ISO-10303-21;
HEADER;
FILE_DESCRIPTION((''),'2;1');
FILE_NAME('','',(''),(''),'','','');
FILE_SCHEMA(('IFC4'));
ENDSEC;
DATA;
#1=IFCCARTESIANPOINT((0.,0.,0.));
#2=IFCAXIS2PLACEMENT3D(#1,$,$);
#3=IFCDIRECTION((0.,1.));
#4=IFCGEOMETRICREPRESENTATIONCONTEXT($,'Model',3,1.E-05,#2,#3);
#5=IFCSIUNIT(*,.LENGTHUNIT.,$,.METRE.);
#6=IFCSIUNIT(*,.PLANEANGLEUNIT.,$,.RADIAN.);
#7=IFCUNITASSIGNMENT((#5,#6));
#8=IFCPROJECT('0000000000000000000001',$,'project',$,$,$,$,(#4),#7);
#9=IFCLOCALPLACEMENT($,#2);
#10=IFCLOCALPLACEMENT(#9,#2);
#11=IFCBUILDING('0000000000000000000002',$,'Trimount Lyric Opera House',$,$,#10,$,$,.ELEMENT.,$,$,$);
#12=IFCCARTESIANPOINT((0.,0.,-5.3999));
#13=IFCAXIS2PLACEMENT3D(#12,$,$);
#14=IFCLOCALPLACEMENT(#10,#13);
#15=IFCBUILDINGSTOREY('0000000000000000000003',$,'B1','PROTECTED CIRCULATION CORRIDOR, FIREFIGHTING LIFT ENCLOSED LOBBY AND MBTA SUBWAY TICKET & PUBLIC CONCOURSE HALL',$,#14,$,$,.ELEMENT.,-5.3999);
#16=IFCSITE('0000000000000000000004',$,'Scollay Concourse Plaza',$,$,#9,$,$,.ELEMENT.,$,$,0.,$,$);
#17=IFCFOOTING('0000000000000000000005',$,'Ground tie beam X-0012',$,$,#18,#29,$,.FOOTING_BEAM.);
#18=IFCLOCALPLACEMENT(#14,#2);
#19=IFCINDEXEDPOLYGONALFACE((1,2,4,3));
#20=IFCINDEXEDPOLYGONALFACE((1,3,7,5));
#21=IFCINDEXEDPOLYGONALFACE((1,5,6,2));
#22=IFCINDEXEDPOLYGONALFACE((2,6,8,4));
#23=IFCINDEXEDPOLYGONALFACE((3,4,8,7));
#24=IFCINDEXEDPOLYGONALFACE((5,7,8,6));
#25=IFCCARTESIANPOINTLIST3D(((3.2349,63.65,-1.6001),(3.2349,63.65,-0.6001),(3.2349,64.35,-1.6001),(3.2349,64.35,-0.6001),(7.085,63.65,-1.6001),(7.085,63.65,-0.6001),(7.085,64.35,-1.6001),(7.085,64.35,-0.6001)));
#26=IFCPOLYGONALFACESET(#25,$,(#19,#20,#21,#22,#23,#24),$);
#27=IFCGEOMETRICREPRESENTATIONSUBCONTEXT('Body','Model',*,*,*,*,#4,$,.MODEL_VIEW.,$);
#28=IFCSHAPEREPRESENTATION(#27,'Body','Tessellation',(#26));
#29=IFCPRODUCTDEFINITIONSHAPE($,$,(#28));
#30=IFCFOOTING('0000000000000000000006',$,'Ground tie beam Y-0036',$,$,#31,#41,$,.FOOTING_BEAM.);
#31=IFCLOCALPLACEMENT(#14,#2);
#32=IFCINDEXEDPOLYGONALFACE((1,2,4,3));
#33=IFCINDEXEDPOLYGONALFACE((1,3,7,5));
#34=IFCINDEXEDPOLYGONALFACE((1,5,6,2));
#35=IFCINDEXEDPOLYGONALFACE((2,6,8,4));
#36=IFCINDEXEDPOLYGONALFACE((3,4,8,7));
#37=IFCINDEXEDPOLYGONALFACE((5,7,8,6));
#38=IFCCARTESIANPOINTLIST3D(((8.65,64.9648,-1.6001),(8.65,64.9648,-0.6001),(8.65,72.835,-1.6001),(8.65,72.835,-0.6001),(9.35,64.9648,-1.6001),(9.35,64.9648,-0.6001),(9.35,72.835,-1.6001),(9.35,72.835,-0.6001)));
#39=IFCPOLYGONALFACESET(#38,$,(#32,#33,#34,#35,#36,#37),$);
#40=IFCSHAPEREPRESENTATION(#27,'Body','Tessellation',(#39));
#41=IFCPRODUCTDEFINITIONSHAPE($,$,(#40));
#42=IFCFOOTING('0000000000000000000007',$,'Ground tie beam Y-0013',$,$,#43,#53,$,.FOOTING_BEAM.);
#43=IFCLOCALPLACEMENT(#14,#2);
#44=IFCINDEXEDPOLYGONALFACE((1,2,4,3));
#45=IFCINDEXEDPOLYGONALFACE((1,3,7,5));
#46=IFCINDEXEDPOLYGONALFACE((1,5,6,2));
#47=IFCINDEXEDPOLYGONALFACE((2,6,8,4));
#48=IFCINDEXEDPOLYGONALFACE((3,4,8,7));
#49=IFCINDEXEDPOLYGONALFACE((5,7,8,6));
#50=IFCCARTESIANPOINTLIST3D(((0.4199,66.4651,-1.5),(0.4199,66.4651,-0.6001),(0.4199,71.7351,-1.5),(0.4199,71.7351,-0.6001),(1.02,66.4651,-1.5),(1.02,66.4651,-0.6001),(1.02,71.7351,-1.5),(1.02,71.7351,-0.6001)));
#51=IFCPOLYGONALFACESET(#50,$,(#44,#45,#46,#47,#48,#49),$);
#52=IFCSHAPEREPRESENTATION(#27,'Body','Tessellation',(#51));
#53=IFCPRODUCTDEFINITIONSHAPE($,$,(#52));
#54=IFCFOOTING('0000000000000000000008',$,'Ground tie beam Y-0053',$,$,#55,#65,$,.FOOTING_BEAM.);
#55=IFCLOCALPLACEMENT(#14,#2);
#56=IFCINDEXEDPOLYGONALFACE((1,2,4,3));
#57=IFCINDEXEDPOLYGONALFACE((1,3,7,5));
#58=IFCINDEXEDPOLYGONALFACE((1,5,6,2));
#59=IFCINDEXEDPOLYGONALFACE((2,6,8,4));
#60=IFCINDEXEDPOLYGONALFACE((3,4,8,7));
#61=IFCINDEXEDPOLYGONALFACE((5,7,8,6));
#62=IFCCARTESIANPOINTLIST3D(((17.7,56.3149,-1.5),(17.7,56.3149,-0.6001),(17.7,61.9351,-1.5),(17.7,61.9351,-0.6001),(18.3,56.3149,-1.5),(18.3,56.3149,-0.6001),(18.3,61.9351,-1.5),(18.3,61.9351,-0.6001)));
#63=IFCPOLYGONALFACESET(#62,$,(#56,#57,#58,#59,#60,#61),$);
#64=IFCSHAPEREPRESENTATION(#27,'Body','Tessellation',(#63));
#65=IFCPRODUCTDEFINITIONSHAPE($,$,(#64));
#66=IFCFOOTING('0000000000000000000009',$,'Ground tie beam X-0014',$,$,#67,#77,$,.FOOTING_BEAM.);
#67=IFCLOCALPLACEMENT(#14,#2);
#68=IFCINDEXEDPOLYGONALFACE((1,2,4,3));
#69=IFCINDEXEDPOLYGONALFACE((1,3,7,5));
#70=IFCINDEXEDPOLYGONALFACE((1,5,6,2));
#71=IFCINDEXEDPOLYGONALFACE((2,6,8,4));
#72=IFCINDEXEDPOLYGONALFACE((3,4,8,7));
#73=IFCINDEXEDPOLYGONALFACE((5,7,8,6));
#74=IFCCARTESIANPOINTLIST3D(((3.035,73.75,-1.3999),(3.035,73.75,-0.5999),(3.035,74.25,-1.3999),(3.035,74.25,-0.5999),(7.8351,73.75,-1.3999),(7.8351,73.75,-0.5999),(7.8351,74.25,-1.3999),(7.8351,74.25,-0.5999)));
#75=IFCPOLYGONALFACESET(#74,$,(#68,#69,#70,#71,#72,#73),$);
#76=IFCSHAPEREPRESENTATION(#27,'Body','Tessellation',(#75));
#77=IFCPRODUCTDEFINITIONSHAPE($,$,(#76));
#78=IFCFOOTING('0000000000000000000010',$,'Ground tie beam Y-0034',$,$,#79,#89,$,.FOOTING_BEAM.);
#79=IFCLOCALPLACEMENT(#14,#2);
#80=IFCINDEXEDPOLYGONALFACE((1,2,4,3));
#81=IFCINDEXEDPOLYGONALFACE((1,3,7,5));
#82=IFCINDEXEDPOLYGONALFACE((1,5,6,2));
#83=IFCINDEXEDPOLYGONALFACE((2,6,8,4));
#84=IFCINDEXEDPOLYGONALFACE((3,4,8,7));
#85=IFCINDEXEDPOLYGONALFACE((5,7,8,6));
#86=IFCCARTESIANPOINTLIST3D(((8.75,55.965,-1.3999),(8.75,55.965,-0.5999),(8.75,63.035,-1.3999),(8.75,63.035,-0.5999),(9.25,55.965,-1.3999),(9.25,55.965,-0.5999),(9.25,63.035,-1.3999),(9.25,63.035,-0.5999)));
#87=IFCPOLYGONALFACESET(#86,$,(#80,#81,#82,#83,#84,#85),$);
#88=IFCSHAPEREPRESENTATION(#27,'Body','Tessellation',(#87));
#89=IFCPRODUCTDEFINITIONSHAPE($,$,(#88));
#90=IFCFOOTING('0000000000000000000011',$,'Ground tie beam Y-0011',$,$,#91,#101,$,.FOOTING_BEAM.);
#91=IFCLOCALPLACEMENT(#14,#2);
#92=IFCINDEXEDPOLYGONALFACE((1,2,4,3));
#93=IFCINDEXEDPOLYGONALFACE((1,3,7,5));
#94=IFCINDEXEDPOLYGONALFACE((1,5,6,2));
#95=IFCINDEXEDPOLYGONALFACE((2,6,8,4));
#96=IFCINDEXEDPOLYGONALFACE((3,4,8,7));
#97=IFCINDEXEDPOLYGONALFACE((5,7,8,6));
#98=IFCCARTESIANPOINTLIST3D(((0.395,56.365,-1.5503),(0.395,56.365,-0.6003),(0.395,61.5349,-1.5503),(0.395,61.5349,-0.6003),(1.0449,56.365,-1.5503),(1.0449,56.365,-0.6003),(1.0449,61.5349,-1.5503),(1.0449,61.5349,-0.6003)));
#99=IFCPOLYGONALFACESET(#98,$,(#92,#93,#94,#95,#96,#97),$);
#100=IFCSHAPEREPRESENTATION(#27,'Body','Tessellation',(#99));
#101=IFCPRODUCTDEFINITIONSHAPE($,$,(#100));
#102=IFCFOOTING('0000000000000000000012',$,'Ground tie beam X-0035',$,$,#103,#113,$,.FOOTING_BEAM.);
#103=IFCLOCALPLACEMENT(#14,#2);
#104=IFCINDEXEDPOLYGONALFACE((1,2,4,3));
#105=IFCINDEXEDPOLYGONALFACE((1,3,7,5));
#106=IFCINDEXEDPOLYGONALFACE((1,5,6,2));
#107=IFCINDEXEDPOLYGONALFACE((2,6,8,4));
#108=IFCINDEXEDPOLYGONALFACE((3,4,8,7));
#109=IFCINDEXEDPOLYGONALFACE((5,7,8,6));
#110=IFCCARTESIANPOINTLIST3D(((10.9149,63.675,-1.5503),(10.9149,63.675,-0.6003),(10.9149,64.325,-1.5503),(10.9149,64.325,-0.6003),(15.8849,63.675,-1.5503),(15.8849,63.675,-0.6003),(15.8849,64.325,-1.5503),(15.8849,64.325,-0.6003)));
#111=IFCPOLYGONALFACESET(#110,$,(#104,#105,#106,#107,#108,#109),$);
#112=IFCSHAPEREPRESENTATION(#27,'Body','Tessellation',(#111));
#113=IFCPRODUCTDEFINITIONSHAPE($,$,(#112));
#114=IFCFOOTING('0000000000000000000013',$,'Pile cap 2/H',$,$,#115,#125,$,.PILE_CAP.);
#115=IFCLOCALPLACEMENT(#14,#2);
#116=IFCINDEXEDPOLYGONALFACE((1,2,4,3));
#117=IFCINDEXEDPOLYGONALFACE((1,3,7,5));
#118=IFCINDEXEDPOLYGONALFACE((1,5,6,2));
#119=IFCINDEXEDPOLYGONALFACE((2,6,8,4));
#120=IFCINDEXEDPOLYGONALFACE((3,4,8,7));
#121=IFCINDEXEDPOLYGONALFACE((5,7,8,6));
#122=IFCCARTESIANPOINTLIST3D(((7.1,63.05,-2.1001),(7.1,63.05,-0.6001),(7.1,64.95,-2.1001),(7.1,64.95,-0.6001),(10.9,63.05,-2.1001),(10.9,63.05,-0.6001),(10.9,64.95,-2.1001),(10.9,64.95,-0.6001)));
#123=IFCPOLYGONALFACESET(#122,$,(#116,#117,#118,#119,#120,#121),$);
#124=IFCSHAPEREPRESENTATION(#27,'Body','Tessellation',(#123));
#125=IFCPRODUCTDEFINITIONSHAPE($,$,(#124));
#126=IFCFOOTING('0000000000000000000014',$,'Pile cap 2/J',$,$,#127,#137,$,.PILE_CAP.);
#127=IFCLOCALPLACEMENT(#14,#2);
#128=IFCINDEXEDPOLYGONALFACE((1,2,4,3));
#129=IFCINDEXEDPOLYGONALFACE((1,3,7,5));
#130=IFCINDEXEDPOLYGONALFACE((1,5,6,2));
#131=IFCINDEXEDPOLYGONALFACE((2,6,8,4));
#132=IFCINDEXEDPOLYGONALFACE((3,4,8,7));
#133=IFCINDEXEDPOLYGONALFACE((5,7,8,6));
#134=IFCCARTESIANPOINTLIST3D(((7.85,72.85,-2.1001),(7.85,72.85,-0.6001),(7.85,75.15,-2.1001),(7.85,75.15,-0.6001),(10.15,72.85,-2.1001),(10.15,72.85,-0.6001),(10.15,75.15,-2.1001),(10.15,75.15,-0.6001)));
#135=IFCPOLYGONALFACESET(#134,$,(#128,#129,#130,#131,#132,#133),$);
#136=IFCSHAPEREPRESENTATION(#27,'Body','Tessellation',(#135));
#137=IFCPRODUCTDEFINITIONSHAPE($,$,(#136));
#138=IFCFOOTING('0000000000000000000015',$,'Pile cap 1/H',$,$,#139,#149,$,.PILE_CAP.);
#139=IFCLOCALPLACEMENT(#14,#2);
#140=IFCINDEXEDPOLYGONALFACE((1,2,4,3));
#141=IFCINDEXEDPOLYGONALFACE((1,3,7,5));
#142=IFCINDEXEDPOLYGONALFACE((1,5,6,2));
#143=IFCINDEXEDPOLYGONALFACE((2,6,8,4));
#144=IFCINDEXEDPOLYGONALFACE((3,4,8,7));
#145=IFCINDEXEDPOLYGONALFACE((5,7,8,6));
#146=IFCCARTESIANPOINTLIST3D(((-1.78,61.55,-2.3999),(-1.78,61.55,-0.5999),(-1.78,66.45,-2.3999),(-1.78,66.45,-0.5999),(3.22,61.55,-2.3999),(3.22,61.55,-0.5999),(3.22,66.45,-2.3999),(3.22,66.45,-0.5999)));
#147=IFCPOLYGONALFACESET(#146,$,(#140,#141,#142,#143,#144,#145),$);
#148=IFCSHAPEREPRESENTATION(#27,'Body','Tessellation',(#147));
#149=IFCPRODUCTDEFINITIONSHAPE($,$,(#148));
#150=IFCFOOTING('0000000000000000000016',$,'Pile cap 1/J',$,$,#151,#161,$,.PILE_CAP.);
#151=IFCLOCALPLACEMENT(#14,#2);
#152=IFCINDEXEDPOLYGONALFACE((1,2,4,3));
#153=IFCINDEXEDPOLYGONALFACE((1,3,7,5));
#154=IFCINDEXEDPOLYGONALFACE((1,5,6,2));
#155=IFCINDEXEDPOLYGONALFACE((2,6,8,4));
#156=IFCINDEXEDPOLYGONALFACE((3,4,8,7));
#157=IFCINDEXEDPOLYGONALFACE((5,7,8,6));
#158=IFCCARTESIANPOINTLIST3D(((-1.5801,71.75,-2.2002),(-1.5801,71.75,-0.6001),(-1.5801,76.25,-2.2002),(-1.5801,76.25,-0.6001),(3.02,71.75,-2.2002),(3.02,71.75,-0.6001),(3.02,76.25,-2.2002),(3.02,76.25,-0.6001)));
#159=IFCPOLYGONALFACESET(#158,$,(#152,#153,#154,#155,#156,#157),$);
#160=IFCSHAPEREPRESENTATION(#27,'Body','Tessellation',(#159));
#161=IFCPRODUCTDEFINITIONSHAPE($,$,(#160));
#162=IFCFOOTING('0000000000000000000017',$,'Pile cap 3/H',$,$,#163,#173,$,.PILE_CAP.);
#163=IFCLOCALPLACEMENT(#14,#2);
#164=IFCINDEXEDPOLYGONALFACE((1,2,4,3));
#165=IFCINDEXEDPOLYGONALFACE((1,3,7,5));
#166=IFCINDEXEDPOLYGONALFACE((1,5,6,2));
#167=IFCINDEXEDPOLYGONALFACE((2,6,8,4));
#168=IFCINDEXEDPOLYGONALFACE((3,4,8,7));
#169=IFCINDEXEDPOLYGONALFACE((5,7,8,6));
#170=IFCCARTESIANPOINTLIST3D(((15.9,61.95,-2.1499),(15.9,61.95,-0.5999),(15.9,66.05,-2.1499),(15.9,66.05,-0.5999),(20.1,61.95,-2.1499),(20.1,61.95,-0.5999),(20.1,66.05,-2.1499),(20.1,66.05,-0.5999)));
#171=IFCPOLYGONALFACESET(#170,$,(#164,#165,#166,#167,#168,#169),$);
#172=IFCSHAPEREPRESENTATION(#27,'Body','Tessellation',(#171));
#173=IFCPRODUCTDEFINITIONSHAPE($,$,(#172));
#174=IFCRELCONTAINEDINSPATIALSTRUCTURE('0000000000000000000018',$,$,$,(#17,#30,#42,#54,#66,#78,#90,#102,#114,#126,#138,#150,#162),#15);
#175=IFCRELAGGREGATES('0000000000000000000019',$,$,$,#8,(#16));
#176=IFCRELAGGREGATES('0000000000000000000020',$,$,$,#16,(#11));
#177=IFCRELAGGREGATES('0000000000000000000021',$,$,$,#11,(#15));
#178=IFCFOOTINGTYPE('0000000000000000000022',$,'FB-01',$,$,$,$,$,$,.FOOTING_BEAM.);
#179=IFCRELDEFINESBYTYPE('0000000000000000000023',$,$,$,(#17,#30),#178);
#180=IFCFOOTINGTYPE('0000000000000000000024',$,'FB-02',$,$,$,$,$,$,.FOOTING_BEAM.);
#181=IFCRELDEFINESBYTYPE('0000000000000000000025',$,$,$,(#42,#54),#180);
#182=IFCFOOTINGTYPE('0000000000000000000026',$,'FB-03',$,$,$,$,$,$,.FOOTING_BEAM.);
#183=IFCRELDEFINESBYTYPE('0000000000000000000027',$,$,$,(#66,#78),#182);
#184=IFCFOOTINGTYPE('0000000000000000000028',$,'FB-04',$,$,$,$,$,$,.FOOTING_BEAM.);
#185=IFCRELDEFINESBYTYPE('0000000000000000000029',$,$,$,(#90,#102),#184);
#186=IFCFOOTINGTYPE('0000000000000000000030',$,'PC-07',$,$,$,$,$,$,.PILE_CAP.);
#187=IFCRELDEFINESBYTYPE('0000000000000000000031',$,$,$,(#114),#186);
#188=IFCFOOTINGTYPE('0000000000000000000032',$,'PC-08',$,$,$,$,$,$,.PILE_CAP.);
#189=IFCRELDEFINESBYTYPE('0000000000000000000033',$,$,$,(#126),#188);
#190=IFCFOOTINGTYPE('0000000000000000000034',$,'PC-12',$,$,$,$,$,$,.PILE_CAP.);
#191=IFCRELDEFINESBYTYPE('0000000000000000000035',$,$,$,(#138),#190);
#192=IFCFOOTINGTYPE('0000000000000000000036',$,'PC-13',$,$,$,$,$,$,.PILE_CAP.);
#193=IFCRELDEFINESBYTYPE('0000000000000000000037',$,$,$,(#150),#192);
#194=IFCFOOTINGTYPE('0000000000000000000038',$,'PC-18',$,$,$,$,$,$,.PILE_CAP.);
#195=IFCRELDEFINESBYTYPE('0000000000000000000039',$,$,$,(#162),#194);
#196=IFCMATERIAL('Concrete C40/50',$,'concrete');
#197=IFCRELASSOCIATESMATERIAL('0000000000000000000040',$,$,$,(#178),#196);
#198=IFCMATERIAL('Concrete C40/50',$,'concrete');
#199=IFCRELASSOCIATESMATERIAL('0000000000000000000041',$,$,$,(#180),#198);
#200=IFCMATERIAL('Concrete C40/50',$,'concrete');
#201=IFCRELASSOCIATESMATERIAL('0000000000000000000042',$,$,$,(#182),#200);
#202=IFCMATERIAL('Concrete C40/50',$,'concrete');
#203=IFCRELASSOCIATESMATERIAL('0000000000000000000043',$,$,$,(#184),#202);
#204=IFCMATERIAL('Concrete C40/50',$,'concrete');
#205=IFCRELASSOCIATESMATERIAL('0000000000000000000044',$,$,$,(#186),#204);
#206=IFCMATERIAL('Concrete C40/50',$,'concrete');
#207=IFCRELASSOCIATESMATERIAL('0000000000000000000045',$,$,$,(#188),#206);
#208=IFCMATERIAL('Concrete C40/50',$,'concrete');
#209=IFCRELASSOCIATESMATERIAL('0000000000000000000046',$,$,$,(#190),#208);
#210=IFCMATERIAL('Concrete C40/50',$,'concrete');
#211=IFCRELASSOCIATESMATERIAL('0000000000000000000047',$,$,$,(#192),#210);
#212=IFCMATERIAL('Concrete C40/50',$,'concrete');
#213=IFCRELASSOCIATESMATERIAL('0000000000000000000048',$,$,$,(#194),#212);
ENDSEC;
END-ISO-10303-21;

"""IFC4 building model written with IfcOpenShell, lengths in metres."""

from ifc_helpers import new_model, si_unit, direction, frame, origin, origin_2d, place, context, subcontext, project, spatial, rectangle, extrude, material, type_object, element, save


model = new_model("IFC4")

# Units and contexts
model_context = context("Model", 3, precision=1e-05, world=origin(), true_north=direction((0.0, 1.0)))
body_context = subcontext(model_context, "Body", "Model", "MODEL_VIEW")
ifc_project = project(units=[si_unit("LENGTHUNIT", "METRE"), si_unit("PLANEANGLEUNIT", "RADIAN")], contexts=[model_context])

# Site, building, storey
site_placement = place(None, origin())
site = spatial("IfcSite", under=ifc_project, at=site_placement, Name="Scollay Concourse Plaza", CompositionType="ELEMENT", RefElevation=0.0)
building_placement = place(site_placement, origin())
building = spatial("IfcBuilding", under=site, at=building_placement, Name="Trimount Lyric Opera House", CompositionType="ELEMENT")
storey_placement = place(building_placement, frame((0.0, 0.0, -5.3999)))
storey = spatial("IfcBuildingStorey", under=building, at=storey_placement, Name="B1", Description="PROTECTED CIRCULATION CORRIDOR, FIREFIGHTING LIFT ENCLOSED LOBBY AND MBTA SUBWAY TICKET & PUBLIC CONCOURSE HALL", CompositionType="ELEMENT", Elevation=-5.3999)

# Footings
ifc_material_1 = material(Name="Concrete C40/50", Category="concrete")
footing_type_1 = type_object("IfcFootingType", Name="FB-01", PredefinedType="FOOTING_BEAM", material=ifc_material_1)
footing_1_placement = place(storey_placement, frame((5.1599, 64.0, -1.6001), z_axis=(0.0, 0.0, 1.0), x_axis=(1.0, 0.0, 0.0)))
element("IfcFooting", 1, at=footing_1_placement, inside=storey, type_object=footing_type_1, Name="Ground tie beam X-0012", PredefinedType="FOOTING_BEAM", context=body_context, shape_type="SweptSolid", body=[
    extrude(rectangle(XDim=3.8501, YDim=0.7, at=origin_2d()), origin(), (0.0, 0.0, 1.0), 1.0),
])
footing_2_placement = place(storey_placement, frame((9.0, 68.8999, -1.6001), z_axis=(0.0, 0.0, 1.0), x_axis=(1.0, 0.0, 0.0)))
element("IfcFooting", 2, at=footing_2_placement, inside=storey, type_object=footing_type_1, Name="Ground tie beam Y-0036", PredefinedType="FOOTING_BEAM", context=body_context, shape_type="SweptSolid", body=[
    extrude(rectangle(XDim=0.7, YDim=7.8701, at=origin_2d()), origin(), (0.0, 0.0, 1.0), 1.0),
])
ifc_material_2 = material(Name="Concrete C40/50", Category="concrete")
footing_type_2 = type_object("IfcFootingType", Name="FB-02", PredefinedType="FOOTING_BEAM", material=ifc_material_2)
footing_3_placement = place(storey_placement, frame((0.72, 69.1001, -1.5), z_axis=(0.0, 0.0, 1.0), x_axis=(1.0, 0.0, 0.0)))
element("IfcFooting", 3, at=footing_3_placement, inside=storey, type_object=footing_type_2, Name="Ground tie beam Y-0013", PredefinedType="FOOTING_BEAM", context=body_context, shape_type="SweptSolid", body=[
    extrude(rectangle(XDim=0.6001, YDim=5.27, at=origin_2d()), origin(), (0.0, 0.0, 1.0), 0.8999),
])
footing_4_placement = place(storey_placement, frame((18.0, 59.125, -1.5), z_axis=(0.0, 0.0, 1.0), x_axis=(1.0, 0.0, 0.0)))
element("IfcFooting", 4, at=footing_4_placement, inside=storey, type_object=footing_type_2, Name="Ground tie beam Y-0053", PredefinedType="FOOTING_BEAM", context=body_context, shape_type="SweptSolid", body=[
    extrude(rectangle(XDim=0.6001, YDim=5.6201, at=origin_2d()), origin(), (0.0, 0.0, 1.0), 0.8999),
])
ifc_material_3 = material(Name="Concrete C40/50", Category="concrete")
footing_type_3 = type_object("IfcFootingType", Name="FB-03", PredefinedType="FOOTING_BEAM", material=ifc_material_3)
footing_5_placement = place(storey_placement, frame((5.4351, 74.0, -1.3999), z_axis=(0.0, 0.0, 1.0), x_axis=(1.0, 0.0, 0.0)))
element("IfcFooting", 5, at=footing_5_placement, inside=storey, type_object=footing_type_3, Name="Ground tie beam X-0014", PredefinedType="FOOTING_BEAM", context=body_context, shape_type="SweptSolid", body=[
    extrude(rectangle(XDim=4.8, YDim=0.5, at=origin_2d()), origin(), (0.0, 0.0, 1.0), 0.8),
])
footing_6_placement = place(storey_placement, frame((9.0, 59.5, -1.3999), z_axis=(0.0, 0.0, 1.0), x_axis=(1.0, 0.0, 0.0)))
element("IfcFooting", 6, at=footing_6_placement, inside=storey, type_object=footing_type_3, Name="Ground tie beam Y-0034", PredefinedType="FOOTING_BEAM", context=body_context, shape_type="SweptSolid", body=[
    extrude(rectangle(XDim=0.5, YDim=7.0701, at=origin_2d()), origin(), (0.0, 0.0, 1.0), 0.8),
])
ifc_material_4 = material(Name="Concrete C40/50", Category="concrete")
footing_type_4 = type_object("IfcFootingType", Name="FB-04", PredefinedType="FOOTING_BEAM", material=ifc_material_4)
footing_7_placement = place(storey_placement, frame((0.72, 58.95, -1.5503), z_axis=(0.0, 0.0, 1.0), x_axis=(1.0, 0.0, 0.0)))
element("IfcFooting", 7, at=footing_7_placement, inside=storey, type_object=footing_type_4, Name="Ground tie beam Y-0011", PredefinedType="FOOTING_BEAM", context=body_context, shape_type="SweptSolid", body=[
    extrude(rectangle(XDim=0.6499, YDim=5.1699, at=origin_2d()), origin(), (0.0, 0.0, 1.0), 0.95),
])
footing_8_placement = place(storey_placement, frame((13.3999, 64.0, -1.5503), z_axis=(0.0, 0.0, 1.0), x_axis=(1.0, 0.0, 0.0)))
element("IfcFooting", 8, at=footing_8_placement, inside=storey, type_object=footing_type_4, Name="Ground tie beam X-0035", PredefinedType="FOOTING_BEAM", context=body_context, shape_type="SweptSolid", body=[
    extrude(rectangle(XDim=4.97, YDim=0.6499, at=origin_2d()), origin(), (0.0, 0.0, 1.0), 0.95),
])
ifc_material_5 = material(Name="Concrete C40/50", Category="concrete")
footing_type_5 = type_object("IfcFootingType", Name="PC-07", PredefinedType="PILE_CAP", material=ifc_material_5)
footing_9_placement = place(storey_placement, frame((9.0, 64.0, -2.1001), z_axis=(0.0, 0.0, 1.0), x_axis=(1.0, 0.0, 0.0)))
element("IfcFooting", 9, at=footing_9_placement, inside=storey, type_object=footing_type_5, Name="Pile cap 2/H", PredefinedType="PILE_CAP", context=body_context, shape_type="SweptSolid", body=[
    extrude(rectangle(XDim=3.8, YDim=1.8999, at=origin_2d()), origin(), (0.0, 0.0, 1.0), 1.5),
])
ifc_material_6 = material(Name="Concrete C40/50", Category="concrete")
footing_type_6 = type_object("IfcFootingType", Name="PC-08", PredefinedType="PILE_CAP", material=ifc_material_6)
footing_10_placement = place(storey_placement, frame((9.0, 74.0, -2.1001), z_axis=(0.0, 0.0, 1.0), x_axis=(1.0, 0.0, 0.0)))
element("IfcFooting", 10, at=footing_10_placement, inside=storey, type_object=footing_type_6, Name="Pile cap 2/J", PredefinedType="PILE_CAP", context=body_context, shape_type="SweptSolid", body=[
    extrude(rectangle(XDim=2.3, YDim=2.3, at=origin_2d()), origin(), (0.0, 0.0, 1.0), 1.5),
])
ifc_material_7 = material(Name="Concrete C40/50", Category="concrete")
footing_type_7 = type_object("IfcFootingType", Name="PC-12", PredefinedType="PILE_CAP", material=ifc_material_7)
footing_11_placement = place(storey_placement, frame((0.72, 64.0, -2.3999), z_axis=(0.0, 0.0, 1.0), x_axis=(1.0, 0.0, 0.0)))
element("IfcFooting", 11, at=footing_11_placement, inside=storey, type_object=footing_type_7, Name="Pile cap 1/H", PredefinedType="PILE_CAP", context=body_context, shape_type="SweptSolid", body=[
    extrude(rectangle(XDim=5.0, YDim=4.8999, at=origin_2d()), origin(), (0.0, 0.0, 1.0), 1.8),
])
ifc_material_8 = material(Name="Concrete C40/50", Category="concrete")
footing_type_8 = type_object("IfcFootingType", Name="PC-13", PredefinedType="PILE_CAP", material=ifc_material_8)
footing_12_placement = place(storey_placement, frame((0.72, 74.0, -2.2002), z_axis=(0.0, 0.0, 1.0), x_axis=(1.0, 0.0, 0.0)))
element("IfcFooting", 12, at=footing_12_placement, inside=storey, type_object=footing_type_8, Name="Pile cap 1/J", PredefinedType="PILE_CAP", context=body_context, shape_type="SweptSolid", body=[
    extrude(rectangle(XDim=4.6001, YDim=4.5, at=origin_2d()), origin(), (0.0, 0.0, 1.0), 1.6001),
])
ifc_material_9 = material(Name="Concrete C40/50", Category="concrete")
footing_type_9 = type_object("IfcFootingType", Name="PC-18", PredefinedType="PILE_CAP", material=ifc_material_9)
footing_13_placement = place(storey_placement, frame((18.0, 64.0, -2.1499), z_axis=(0.0, 0.0, 1.0), x_axis=(1.0, 0.0, 0.0)))
element("IfcFooting", 13, at=footing_13_placement, inside=storey, type_object=footing_type_9, Name="Pile cap 3/H", PredefinedType="PILE_CAP", context=body_context, shape_type="SweptSolid", body=[
    extrude(rectangle(XDim=4.2, YDim=4.1001, at=origin_2d()), origin(), (0.0, 0.0, 1.0), 1.55),
])

save(model, "model.ifc")
